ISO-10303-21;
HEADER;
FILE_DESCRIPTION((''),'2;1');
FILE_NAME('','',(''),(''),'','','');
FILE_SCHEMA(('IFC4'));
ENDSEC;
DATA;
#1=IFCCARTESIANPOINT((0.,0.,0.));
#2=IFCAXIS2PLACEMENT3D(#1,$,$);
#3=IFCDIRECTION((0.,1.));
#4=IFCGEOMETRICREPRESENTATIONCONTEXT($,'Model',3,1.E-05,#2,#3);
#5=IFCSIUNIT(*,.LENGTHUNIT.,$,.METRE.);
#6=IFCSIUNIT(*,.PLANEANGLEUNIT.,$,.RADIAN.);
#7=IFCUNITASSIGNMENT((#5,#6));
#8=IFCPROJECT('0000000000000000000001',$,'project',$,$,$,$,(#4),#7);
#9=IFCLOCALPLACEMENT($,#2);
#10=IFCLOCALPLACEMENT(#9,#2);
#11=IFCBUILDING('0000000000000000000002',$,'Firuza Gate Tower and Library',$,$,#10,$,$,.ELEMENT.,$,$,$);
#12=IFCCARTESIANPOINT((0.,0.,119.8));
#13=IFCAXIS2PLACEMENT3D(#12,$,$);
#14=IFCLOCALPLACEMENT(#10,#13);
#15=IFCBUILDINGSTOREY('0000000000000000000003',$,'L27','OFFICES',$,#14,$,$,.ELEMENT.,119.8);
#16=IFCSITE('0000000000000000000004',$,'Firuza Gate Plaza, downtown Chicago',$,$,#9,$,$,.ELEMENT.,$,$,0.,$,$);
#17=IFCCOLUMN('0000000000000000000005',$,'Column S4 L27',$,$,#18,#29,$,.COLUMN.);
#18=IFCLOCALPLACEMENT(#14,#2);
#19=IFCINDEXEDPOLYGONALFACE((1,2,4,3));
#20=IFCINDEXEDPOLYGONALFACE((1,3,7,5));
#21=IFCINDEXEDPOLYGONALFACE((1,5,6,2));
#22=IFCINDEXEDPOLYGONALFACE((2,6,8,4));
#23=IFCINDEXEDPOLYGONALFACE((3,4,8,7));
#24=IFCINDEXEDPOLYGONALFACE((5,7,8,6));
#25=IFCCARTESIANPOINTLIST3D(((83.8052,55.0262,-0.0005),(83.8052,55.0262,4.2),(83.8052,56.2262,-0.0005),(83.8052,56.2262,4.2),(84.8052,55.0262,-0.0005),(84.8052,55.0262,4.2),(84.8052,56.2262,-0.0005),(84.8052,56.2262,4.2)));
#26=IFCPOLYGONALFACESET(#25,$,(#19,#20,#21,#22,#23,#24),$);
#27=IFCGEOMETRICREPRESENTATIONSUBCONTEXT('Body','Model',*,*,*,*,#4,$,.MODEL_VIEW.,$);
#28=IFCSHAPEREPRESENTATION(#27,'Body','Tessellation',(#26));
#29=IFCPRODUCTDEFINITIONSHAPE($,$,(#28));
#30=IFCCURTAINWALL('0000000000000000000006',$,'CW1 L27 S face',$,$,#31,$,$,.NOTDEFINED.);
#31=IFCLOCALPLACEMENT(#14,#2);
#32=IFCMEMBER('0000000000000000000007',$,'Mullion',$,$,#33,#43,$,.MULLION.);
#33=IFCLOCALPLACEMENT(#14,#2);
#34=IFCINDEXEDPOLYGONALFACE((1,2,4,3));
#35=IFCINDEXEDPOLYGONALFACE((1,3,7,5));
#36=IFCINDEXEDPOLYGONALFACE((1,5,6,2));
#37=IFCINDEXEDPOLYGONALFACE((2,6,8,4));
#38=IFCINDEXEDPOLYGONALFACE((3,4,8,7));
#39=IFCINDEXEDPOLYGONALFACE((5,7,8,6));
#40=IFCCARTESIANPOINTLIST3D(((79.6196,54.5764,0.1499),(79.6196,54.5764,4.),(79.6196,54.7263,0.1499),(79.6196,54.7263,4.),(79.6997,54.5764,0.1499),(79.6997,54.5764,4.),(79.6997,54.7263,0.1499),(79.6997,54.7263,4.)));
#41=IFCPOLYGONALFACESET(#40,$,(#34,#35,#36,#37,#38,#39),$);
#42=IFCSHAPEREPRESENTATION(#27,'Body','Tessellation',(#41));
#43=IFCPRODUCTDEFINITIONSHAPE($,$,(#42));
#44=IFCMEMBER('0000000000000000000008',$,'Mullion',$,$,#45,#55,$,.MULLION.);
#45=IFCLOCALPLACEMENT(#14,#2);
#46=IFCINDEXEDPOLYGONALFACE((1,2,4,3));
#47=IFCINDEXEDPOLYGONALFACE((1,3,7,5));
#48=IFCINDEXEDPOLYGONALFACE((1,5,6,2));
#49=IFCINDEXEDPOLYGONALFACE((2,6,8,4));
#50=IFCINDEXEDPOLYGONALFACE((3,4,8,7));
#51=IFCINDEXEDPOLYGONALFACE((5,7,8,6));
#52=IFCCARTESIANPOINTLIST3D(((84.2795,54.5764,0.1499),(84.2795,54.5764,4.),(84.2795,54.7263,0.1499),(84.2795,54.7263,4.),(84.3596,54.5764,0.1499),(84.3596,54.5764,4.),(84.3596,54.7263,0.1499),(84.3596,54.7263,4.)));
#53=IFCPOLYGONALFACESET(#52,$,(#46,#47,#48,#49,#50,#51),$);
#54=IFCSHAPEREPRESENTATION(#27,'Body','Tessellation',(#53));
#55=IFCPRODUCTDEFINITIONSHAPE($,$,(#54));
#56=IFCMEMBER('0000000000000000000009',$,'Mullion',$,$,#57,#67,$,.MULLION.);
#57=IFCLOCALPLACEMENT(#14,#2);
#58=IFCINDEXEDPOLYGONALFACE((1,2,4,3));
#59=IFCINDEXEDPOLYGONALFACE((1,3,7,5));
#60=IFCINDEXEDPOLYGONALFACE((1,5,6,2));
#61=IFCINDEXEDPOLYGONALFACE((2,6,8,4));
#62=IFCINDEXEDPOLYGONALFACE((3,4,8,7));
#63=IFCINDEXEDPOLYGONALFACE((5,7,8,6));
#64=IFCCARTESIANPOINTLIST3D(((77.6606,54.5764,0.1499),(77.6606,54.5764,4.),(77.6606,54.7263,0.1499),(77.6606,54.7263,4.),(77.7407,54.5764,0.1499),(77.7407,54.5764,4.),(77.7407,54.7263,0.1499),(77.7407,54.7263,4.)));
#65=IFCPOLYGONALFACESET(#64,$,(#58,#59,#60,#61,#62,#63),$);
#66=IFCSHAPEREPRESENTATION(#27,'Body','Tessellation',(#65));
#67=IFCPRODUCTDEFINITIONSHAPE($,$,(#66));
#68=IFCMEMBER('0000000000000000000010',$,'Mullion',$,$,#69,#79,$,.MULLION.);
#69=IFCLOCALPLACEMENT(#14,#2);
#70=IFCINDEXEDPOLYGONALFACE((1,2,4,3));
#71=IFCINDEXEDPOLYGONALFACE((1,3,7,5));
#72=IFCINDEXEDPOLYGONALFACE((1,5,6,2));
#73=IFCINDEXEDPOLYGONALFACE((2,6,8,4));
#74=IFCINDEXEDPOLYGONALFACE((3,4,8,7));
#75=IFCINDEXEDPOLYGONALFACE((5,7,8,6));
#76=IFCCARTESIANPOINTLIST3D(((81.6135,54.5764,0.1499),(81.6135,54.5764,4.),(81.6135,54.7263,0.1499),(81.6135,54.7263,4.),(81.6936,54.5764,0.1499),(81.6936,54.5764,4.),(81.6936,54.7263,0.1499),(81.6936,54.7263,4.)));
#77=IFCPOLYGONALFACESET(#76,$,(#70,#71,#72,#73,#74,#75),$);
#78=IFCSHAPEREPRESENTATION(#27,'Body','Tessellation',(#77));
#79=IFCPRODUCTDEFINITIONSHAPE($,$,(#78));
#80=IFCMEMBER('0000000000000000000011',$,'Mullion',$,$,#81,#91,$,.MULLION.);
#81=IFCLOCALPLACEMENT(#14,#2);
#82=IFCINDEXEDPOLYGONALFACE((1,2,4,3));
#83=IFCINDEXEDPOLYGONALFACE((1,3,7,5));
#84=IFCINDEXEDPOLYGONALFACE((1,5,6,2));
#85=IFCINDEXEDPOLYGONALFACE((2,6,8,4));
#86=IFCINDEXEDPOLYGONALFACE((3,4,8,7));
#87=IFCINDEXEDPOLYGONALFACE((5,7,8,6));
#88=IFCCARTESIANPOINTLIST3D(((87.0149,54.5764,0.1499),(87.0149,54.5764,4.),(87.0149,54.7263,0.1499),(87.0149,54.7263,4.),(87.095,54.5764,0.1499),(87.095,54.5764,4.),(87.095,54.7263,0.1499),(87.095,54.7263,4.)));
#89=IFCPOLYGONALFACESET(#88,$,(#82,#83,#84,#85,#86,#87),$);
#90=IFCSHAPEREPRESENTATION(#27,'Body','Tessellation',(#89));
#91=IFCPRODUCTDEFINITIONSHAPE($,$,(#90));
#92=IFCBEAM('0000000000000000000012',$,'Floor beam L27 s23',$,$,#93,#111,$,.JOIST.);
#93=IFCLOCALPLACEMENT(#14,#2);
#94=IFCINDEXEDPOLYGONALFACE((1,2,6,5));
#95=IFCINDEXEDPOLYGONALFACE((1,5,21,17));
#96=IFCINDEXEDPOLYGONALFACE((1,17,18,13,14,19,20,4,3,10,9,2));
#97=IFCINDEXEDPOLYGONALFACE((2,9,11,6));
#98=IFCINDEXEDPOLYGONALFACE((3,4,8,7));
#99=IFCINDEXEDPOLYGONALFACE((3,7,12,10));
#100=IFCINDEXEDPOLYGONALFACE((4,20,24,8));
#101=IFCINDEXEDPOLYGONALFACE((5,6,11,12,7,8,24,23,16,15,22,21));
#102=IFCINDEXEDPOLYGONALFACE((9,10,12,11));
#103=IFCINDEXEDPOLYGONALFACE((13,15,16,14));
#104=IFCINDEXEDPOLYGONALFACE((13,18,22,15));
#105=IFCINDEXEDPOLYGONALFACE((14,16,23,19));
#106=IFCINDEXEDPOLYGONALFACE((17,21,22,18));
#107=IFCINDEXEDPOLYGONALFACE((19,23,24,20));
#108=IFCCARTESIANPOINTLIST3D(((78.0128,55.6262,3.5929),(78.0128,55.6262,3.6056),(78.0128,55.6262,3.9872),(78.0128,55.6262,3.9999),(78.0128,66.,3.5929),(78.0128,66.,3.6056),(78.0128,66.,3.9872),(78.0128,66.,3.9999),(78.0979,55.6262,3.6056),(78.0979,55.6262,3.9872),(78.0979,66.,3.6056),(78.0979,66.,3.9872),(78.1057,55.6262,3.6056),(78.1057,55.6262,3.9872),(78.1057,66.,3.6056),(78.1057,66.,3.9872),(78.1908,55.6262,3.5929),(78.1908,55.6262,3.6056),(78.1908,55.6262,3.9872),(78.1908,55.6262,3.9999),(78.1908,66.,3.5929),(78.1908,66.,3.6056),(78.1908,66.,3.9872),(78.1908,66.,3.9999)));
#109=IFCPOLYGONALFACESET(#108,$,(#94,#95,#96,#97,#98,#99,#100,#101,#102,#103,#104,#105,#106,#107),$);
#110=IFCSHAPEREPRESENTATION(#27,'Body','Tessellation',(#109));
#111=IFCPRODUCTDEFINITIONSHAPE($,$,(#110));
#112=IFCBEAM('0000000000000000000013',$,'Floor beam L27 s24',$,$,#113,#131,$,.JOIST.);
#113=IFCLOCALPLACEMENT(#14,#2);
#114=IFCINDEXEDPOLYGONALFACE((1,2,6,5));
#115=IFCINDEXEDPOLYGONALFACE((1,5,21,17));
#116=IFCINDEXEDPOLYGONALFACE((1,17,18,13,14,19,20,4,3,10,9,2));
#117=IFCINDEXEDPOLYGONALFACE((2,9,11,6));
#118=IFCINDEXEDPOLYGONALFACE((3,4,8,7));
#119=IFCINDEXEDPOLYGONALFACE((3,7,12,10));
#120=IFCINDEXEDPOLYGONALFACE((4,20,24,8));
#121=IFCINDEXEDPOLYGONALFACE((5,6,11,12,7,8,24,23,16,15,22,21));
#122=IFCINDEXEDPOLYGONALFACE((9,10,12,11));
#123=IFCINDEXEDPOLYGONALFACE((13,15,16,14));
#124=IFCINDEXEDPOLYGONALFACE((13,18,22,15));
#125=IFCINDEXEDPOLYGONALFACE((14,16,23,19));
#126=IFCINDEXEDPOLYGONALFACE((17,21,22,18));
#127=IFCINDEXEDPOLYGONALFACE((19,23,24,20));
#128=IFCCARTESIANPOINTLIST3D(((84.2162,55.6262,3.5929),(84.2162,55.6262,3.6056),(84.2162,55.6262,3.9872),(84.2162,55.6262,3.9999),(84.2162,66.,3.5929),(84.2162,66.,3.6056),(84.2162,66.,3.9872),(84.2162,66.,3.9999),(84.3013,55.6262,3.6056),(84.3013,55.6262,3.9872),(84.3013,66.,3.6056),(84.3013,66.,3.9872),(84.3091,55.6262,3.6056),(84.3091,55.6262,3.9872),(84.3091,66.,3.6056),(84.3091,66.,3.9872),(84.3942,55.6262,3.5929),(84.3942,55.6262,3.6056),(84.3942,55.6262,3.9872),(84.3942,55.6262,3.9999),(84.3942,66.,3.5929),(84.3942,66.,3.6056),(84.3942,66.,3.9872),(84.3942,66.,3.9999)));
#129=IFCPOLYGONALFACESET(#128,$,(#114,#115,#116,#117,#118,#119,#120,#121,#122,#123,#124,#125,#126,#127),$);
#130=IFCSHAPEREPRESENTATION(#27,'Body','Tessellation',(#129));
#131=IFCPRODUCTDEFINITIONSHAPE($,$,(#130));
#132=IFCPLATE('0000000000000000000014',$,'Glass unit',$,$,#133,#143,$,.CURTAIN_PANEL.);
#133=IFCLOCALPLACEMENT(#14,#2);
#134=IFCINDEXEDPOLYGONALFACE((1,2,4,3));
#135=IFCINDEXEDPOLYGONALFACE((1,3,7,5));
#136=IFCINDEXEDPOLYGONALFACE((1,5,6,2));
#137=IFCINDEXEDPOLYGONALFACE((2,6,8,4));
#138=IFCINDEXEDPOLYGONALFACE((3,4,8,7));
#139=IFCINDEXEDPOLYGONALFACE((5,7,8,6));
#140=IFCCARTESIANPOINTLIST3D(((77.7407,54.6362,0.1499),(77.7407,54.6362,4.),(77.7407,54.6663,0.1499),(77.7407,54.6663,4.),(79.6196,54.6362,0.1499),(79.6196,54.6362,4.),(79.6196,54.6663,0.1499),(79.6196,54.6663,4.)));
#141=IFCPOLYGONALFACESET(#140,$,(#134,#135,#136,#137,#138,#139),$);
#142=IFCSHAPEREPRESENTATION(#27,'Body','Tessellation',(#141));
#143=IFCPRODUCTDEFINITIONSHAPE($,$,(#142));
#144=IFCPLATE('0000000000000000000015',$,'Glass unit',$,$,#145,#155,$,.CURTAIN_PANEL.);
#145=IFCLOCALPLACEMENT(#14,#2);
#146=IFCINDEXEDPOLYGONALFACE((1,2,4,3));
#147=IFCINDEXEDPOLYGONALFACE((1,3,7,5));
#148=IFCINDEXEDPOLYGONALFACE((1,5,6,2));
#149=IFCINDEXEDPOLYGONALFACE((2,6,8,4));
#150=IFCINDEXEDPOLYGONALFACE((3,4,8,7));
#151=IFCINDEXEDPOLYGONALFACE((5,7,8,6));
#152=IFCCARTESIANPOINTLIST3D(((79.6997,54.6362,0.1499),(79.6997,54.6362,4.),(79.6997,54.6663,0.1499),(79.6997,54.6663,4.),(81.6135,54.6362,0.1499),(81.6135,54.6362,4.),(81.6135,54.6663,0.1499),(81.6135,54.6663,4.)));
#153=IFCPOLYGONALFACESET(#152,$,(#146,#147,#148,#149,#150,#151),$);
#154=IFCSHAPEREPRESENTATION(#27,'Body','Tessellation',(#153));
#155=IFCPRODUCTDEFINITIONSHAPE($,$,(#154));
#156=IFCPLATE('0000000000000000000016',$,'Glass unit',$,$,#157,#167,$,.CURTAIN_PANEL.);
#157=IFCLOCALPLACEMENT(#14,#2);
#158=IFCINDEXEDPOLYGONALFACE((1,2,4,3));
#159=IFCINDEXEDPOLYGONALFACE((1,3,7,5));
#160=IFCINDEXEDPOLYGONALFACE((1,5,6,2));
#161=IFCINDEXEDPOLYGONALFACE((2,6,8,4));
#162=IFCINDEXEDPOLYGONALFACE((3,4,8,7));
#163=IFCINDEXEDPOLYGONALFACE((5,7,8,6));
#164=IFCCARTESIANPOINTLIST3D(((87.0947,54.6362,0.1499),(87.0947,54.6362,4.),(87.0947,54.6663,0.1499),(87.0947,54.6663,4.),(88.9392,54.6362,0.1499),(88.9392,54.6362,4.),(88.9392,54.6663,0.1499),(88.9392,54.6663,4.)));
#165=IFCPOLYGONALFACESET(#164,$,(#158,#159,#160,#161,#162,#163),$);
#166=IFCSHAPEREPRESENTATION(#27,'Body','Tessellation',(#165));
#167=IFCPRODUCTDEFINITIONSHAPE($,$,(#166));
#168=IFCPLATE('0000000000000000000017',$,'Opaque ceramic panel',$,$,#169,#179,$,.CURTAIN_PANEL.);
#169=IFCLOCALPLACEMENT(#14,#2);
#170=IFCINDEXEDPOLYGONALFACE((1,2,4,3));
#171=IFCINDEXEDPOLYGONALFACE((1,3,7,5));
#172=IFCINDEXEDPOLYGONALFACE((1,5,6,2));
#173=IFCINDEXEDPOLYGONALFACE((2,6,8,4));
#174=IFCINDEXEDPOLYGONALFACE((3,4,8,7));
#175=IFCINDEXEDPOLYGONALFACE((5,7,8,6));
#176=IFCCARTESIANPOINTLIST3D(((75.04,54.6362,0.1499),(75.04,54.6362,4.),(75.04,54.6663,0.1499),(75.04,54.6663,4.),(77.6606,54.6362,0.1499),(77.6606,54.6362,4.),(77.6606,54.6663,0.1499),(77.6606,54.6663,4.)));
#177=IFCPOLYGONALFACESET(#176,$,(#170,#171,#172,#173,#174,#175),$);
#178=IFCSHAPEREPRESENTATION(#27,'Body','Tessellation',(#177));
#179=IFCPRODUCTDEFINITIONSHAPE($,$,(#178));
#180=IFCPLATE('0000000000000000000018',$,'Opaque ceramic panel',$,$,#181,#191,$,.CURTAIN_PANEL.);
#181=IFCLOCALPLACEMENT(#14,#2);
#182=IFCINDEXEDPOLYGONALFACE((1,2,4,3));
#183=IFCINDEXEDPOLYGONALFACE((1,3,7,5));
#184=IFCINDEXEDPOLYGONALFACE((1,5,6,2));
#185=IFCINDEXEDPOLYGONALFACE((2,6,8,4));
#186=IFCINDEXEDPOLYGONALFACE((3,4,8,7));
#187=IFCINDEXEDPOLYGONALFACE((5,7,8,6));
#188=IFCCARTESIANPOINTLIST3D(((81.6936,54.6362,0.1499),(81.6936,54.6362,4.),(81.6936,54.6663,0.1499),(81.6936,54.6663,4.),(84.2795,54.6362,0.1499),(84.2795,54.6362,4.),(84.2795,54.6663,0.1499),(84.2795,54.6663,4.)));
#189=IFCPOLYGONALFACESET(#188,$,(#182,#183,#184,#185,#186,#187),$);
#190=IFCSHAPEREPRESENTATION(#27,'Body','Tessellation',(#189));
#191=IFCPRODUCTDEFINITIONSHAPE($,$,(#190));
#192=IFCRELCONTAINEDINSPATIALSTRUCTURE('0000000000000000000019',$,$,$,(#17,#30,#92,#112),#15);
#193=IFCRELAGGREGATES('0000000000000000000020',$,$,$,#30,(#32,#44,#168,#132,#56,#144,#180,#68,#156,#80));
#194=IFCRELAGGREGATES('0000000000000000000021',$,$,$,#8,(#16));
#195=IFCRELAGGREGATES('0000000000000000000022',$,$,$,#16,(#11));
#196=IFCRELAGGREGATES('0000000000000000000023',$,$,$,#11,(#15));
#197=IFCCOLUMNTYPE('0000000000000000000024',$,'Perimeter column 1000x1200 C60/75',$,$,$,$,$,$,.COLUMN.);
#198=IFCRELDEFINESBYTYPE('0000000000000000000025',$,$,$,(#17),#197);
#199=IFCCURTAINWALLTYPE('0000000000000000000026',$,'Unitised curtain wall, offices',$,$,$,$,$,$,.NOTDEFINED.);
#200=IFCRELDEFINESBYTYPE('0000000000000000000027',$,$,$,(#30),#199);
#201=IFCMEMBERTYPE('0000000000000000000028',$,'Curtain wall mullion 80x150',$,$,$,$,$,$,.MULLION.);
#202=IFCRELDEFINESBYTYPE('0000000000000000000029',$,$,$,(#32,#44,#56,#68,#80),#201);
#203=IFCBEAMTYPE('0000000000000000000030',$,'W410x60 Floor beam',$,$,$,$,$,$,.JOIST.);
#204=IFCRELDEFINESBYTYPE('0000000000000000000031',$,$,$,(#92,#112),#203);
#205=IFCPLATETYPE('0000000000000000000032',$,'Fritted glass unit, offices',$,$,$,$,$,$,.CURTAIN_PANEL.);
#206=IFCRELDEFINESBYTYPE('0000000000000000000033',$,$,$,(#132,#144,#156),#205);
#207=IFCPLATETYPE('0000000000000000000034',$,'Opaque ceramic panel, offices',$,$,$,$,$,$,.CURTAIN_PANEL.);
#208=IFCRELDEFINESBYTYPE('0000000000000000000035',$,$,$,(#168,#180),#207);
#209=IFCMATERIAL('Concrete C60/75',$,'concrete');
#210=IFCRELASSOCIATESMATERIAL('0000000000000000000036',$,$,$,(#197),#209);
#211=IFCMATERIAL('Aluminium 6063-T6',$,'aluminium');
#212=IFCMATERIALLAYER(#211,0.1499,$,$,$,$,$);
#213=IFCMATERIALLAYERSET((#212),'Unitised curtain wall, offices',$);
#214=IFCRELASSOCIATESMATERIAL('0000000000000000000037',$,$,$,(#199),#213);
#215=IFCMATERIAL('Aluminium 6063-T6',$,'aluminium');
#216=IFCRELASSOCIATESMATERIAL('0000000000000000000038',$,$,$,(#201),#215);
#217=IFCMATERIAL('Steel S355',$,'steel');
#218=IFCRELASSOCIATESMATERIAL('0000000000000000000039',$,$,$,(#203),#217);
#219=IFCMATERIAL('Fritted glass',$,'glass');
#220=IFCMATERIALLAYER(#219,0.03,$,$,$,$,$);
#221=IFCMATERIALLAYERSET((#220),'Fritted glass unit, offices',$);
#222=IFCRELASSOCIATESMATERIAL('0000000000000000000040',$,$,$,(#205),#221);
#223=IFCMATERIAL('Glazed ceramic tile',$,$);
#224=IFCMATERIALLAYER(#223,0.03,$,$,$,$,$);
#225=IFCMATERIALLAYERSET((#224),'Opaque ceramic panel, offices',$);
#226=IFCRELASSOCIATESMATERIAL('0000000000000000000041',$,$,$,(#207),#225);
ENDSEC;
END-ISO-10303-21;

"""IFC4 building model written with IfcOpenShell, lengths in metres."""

from ifc_helpers import new_model, si_unit, direction, frame, origin, origin_2d, place, context, subcontext, project, spatial, polyline, rectangle, i_section, outline, extrude, material, layer, layer_set, material_profile, profile_set, type_object, element, aggregate, save


model = new_model("IFC4")

# Units and contexts
model_context = context("Model", 3, precision=1e-05, world=origin(), true_north=direction((0.0, 1.0)))
body_context = subcontext(model_context, "Body", "Model", "MODEL_VIEW")
ifc_project = project(units=[si_unit("LENGTHUNIT", "METRE"), si_unit("PLANEANGLEUNIT", "RADIAN")], contexts=[model_context])

# Site, building, storey
site_placement = place(None, origin())
site = spatial("IfcSite", under=ifc_project, at=site_placement, Name="Firuza Gate Plaza, downtown Chicago", CompositionType="ELEMENT", RefElevation=0.0)
building_placement = place(site_placement, origin())
building = spatial("IfcBuilding", under=site, at=building_placement, Name="Firuza Gate Tower and Library", CompositionType="ELEMENT")
storey_placement = place(building_placement, frame((0.0, 0.0, 119.8)))
storey = spatial("IfcBuildingStorey", under=building, at=storey_placement, Name="L27", Description="OFFICES", CompositionType="ELEMENT", Elevation=119.8)

# Column
ifc_material_1 = material(Name="Concrete C60/75", Category="concrete")
ifc_material_profile_1 = material_profile(ifc_material_1, rectangle(XDim=1.0, YDim=1.2, at=origin_2d()))
ifc_profile_set_1 = profile_set([ifc_material_profile_1], Name="Concrete C60/75")
column_type = type_object("IfcColumnType", Name="Perimeter column 1000x1200 C60/75", PredefinedType="COLUMN", material=ifc_profile_set_1)
column_placement = place(storey_placement, frame((84.3052, 55.6262, -0.0005), z_axis=(0.0, 0.0, 1.0), x_axis=(1.0, 0.0, 0.0)))
element("IfcColumn", 1, at=column_placement, inside=storey, type_object=column_type, Name="Column S4 L27", PredefinedType="COLUMN", context=body_context, shape_type="SweptSolid", body=[
    extrude(rectangle(XDim=1.0, YDim=1.2, at=origin_2d()), origin(), (0.0, 0.0, 1.0), 4.2004),
])

# Curtain wall, members
ifc_material_2 = material(Name="Aluminium 6063-T6", Category="aluminium")
ifc_layer_1 = layer(ifc_material_2, 0.1499)
ifc_layer_set_1 = layer_set([ifc_layer_1], Name="Unitised curtain wall, offices")
curtain_wall_type = type_object("IfcCurtainWallType", Name="Unitised curtain wall, offices", PredefinedType="NOTDEFINED", material=ifc_layer_set_1)
curtain_wall_placement = place(storey_placement, origin())
curtain_wall = element("IfcCurtainWall", 2, at=curtain_wall_placement, inside=storey, type_object=curtain_wall_type, Name="CW1 L27 S face", PredefinedType="NOTDEFINED")
ifc_material_3 = material(Name="Aluminium 6063-T6", Category="aluminium")
ifc_material_profile_2 = material_profile(ifc_material_3, rectangle(XDim=0.1499, YDim=0.0801, at=origin_2d()))
ifc_profile_set_2 = profile_set([ifc_material_profile_2], Name="Aluminium 6063-T6")
member_type = type_object("IfcMemberType", Name="Curtain wall mullion 80x150", PredefinedType="MULLION", material=ifc_profile_set_2)
member_1_placement = place(storey_placement, frame((79.6597, 54.6514, 0.1499), z_axis=(0.0, 0.0, 1.0), x_axis=(0.0, 1.0, 0.0)))
member_1 = element("IfcMember", 3, at=member_1_placement, type_object=member_type, Name="Mullion", PredefinedType="MULLION", context=body_context, shape_type="SweptSolid", body=[
    extrude(rectangle(XDim=0.1499, YDim=0.0801, at=origin_2d()), origin(), (0.0, 0.0, 1.0), 3.8501),
])
member_2_placement = place(storey_placement, frame((84.3196, 54.6514, 0.1499), z_axis=(0.0, 0.0, 1.0), x_axis=(0.0, 1.0, 0.0)))
member_2 = element("IfcMember", 4, at=member_2_placement, type_object=member_type, Name="Mullion", PredefinedType="MULLION", context=body_context, shape_type="SweptSolid", body=[
    extrude(rectangle(XDim=0.1499, YDim=0.0801, at=origin_2d()), origin(), (0.0, 0.0, 1.0), 3.8501),
])
member_3_placement = place(storey_placement, frame((77.7007, 54.6514, 0.1499), z_axis=(0.0, 0.0, 1.0), x_axis=(0.0, 1.0, 0.0)))
member_3 = element("IfcMember", 5, at=member_3_placement, type_object=member_type, Name="Mullion", PredefinedType="MULLION", context=body_context, shape_type="SweptSolid", body=[
    extrude(rectangle(XDim=0.1499, YDim=0.0801, at=origin_2d()), origin(), (0.0, 0.0, 1.0), 3.8501),
])
member_4_placement = place(storey_placement, frame((81.6536, 54.6514, 0.1499), z_axis=(0.0, 0.0, 1.0), x_axis=(0.0, 1.0, 0.0)))
member_4 = element("IfcMember", 6, at=member_4_placement, type_object=member_type, Name="Mullion", PredefinedType="MULLION", context=body_context, shape_type="SweptSolid", body=[
    extrude(rectangle(XDim=0.1499, YDim=0.0801, at=origin_2d()), origin(), (0.0, 0.0, 1.0), 3.8501),
])
member_5_placement = place(storey_placement, frame((87.0549, 54.6514, 0.1499), z_axis=(0.0, 0.0, 1.0), x_axis=(0.0, 1.0, 0.0)))
member_5 = element("IfcMember", 7, at=member_5_placement, type_object=member_type, Name="Mullion", PredefinedType="MULLION", context=body_context, shape_type="SweptSolid", body=[
    extrude(rectangle(XDim=0.1499, YDim=0.0801, at=origin_2d()), origin(), (0.0, 0.0, 1.0), 3.8501),
])

# Beams
ifc_material_4 = material(Name="Steel S355", Category="steel")
ifc_material_profile_3 = material_profile(ifc_material_4, i_section(OverallWidth=0.178, OverallDepth=0.407, WebThickness=0.0078, FlangeThickness=0.0127, at=origin_2d()))
ifc_profile_set_3 = profile_set([ifc_material_profile_3], Name="Steel S355")
beam_type = type_object("IfcBeamType", Name="W410x60 Floor beam", PredefinedType="JOIST", material=ifc_profile_set_3)
for number, where, z_axis, x_axis, name in (
    (8, (78.1018, 55.6262, 3.7964), (0.0, 1.0, 0.0), (-1.0, 0.0, 0.0), "Floor beam L27 s23"),
    (9, (84.3052, 55.6262, 3.7964), (0.0, 1.0, 0.0), (-1.0, 0.0, 0.0), "Floor beam L27 s24"),
):
    element("IfcBeam", number, at=place(storey_placement, frame(where, z_axis=z_axis, x_axis=x_axis)), inside=storey, type_object=beam_type, Name=name, PredefinedType="JOIST", context=body_context, shape_type="SweptSolid", body=[
        extrude(i_section(OverallWidth=0.178, OverallDepth=0.407, WebThickness=0.0078, FlangeThickness=0.0127, at=origin_2d()), origin(), (0.0, 0.0, 1.0), 10.3738),
    ])

# Plates
ifc_material_5 = material(Name="Fritted glass", Category="glass")
ifc_layer_2 = layer(ifc_material_5, 0.03)
ifc_layer_set_2 = layer_set([ifc_layer_2], Name="Fritted glass unit, offices")
plate_type_1 = type_object("IfcPlateType", Name="Fritted glass unit, offices", PredefinedType="CURTAIN_PANEL", material=ifc_layer_set_2)
plate_1_placement = place(storey_placement, frame((77.7407, 54.6362, 0.1499), z_axis=(0.0, -1.0, 0.0), x_axis=(1.0, 0.0, 0.0)))
plate_1 = element("IfcPlate", 10, at=plate_1_placement, type_object=plate_type_1, Name="Glass unit", PredefinedType="CURTAIN_PANEL", context=body_context, shape_type="SweptSolid", body=[
    extrude(outline(polyline([(0.0, 0.0), (1.8789, 0.0), (1.8789, 3.8501), (0.0, 3.8501), (0.0, 0.0)])), origin(), (0.0, 0.0, -1.0), 0.03),
])
plate_2_placement = place(storey_placement, frame((79.6997, 54.6362, 0.1499), z_axis=(0.0, -1.0, 0.0), x_axis=(1.0, 0.0, 0.0)))
plate_2 = element("IfcPlate", 11, at=plate_2_placement, type_object=plate_type_1, Name="Glass unit", PredefinedType="CURTAIN_PANEL", context=body_context, shape_type="SweptSolid", body=[
    extrude(outline(polyline([(0.0, 0.0), (1.9138, 0.0), (1.9138, 3.8501), (0.0, 3.8501), (0.0, 0.0)])), origin(), (0.0, 0.0, -1.0), 0.03),
])
plate_3_placement = place(storey_placement, frame((87.0947, 54.6362, 0.1499), z_axis=(0.0, -1.0, 0.0), x_axis=(1.0, 0.0, 0.0)))
plate_3 = element("IfcPlate", 12, at=plate_3_placement, type_object=plate_type_1, Name="Glass unit", PredefinedType="CURTAIN_PANEL", context=body_context, shape_type="SweptSolid", body=[
    extrude(outline(polyline([(0.0, 0.0), (1.8445, 0.0), (1.8445, 3.8501), (0.0, 3.8501), (0.0, 0.0)])), origin(), (0.0, 0.0, -1.0), 0.03),
])
ifc_material_6 = material(Name="Glazed ceramic tile")
ifc_layer_3 = layer(ifc_material_6, 0.03)
ifc_layer_set_3 = layer_set([ifc_layer_3], Name="Opaque ceramic panel, offices")
plate_type_2 = type_object("IfcPlateType", Name="Opaque ceramic panel, offices", PredefinedType="CURTAIN_PANEL", material=ifc_layer_set_3)
plate_4_placement = place(storey_placement, frame((75.04, 54.6362, 0.1499), z_axis=(0.0, -1.0, 0.0), x_axis=(1.0, 0.0, 0.0)))
plate_4 = element("IfcPlate", 13, at=plate_4_placement, type_object=plate_type_2, Name="Opaque ceramic panel", PredefinedType="CURTAIN_PANEL", context=body_context, shape_type="SweptSolid", body=[
    extrude(outline(polyline([(0.0, 0.0), (2.6206, 0.0), (2.6206, 3.8501), (0.0, 3.8501), (0.0, 0.0)])), origin(), (0.0, 0.0, -1.0), 0.03),
])
plate_5_placement = place(storey_placement, frame((81.6936, 54.6362, 0.1499), z_axis=(0.0, -1.0, 0.0), x_axis=(1.0, 0.0, 0.0)))
plate_5 = element("IfcPlate", 14, at=plate_5_placement, type_object=plate_type_2, Name="Opaque ceramic panel", PredefinedType="CURTAIN_PANEL", context=body_context, shape_type="SweptSolid", body=[
    extrude(outline(polyline([(0.0, 0.0), (2.5859, 0.0), (2.5859, 3.8501), (0.0, 3.8501), (0.0, 0.0)])), origin(), (0.0, 0.0, -1.0), 0.03),
])
aggregate(curtain_wall, [member_1, member_2, plate_4, plate_1, member_3, plate_2, plate_5, member_4, plate_3, member_5])

save(model, "model.ifc")
